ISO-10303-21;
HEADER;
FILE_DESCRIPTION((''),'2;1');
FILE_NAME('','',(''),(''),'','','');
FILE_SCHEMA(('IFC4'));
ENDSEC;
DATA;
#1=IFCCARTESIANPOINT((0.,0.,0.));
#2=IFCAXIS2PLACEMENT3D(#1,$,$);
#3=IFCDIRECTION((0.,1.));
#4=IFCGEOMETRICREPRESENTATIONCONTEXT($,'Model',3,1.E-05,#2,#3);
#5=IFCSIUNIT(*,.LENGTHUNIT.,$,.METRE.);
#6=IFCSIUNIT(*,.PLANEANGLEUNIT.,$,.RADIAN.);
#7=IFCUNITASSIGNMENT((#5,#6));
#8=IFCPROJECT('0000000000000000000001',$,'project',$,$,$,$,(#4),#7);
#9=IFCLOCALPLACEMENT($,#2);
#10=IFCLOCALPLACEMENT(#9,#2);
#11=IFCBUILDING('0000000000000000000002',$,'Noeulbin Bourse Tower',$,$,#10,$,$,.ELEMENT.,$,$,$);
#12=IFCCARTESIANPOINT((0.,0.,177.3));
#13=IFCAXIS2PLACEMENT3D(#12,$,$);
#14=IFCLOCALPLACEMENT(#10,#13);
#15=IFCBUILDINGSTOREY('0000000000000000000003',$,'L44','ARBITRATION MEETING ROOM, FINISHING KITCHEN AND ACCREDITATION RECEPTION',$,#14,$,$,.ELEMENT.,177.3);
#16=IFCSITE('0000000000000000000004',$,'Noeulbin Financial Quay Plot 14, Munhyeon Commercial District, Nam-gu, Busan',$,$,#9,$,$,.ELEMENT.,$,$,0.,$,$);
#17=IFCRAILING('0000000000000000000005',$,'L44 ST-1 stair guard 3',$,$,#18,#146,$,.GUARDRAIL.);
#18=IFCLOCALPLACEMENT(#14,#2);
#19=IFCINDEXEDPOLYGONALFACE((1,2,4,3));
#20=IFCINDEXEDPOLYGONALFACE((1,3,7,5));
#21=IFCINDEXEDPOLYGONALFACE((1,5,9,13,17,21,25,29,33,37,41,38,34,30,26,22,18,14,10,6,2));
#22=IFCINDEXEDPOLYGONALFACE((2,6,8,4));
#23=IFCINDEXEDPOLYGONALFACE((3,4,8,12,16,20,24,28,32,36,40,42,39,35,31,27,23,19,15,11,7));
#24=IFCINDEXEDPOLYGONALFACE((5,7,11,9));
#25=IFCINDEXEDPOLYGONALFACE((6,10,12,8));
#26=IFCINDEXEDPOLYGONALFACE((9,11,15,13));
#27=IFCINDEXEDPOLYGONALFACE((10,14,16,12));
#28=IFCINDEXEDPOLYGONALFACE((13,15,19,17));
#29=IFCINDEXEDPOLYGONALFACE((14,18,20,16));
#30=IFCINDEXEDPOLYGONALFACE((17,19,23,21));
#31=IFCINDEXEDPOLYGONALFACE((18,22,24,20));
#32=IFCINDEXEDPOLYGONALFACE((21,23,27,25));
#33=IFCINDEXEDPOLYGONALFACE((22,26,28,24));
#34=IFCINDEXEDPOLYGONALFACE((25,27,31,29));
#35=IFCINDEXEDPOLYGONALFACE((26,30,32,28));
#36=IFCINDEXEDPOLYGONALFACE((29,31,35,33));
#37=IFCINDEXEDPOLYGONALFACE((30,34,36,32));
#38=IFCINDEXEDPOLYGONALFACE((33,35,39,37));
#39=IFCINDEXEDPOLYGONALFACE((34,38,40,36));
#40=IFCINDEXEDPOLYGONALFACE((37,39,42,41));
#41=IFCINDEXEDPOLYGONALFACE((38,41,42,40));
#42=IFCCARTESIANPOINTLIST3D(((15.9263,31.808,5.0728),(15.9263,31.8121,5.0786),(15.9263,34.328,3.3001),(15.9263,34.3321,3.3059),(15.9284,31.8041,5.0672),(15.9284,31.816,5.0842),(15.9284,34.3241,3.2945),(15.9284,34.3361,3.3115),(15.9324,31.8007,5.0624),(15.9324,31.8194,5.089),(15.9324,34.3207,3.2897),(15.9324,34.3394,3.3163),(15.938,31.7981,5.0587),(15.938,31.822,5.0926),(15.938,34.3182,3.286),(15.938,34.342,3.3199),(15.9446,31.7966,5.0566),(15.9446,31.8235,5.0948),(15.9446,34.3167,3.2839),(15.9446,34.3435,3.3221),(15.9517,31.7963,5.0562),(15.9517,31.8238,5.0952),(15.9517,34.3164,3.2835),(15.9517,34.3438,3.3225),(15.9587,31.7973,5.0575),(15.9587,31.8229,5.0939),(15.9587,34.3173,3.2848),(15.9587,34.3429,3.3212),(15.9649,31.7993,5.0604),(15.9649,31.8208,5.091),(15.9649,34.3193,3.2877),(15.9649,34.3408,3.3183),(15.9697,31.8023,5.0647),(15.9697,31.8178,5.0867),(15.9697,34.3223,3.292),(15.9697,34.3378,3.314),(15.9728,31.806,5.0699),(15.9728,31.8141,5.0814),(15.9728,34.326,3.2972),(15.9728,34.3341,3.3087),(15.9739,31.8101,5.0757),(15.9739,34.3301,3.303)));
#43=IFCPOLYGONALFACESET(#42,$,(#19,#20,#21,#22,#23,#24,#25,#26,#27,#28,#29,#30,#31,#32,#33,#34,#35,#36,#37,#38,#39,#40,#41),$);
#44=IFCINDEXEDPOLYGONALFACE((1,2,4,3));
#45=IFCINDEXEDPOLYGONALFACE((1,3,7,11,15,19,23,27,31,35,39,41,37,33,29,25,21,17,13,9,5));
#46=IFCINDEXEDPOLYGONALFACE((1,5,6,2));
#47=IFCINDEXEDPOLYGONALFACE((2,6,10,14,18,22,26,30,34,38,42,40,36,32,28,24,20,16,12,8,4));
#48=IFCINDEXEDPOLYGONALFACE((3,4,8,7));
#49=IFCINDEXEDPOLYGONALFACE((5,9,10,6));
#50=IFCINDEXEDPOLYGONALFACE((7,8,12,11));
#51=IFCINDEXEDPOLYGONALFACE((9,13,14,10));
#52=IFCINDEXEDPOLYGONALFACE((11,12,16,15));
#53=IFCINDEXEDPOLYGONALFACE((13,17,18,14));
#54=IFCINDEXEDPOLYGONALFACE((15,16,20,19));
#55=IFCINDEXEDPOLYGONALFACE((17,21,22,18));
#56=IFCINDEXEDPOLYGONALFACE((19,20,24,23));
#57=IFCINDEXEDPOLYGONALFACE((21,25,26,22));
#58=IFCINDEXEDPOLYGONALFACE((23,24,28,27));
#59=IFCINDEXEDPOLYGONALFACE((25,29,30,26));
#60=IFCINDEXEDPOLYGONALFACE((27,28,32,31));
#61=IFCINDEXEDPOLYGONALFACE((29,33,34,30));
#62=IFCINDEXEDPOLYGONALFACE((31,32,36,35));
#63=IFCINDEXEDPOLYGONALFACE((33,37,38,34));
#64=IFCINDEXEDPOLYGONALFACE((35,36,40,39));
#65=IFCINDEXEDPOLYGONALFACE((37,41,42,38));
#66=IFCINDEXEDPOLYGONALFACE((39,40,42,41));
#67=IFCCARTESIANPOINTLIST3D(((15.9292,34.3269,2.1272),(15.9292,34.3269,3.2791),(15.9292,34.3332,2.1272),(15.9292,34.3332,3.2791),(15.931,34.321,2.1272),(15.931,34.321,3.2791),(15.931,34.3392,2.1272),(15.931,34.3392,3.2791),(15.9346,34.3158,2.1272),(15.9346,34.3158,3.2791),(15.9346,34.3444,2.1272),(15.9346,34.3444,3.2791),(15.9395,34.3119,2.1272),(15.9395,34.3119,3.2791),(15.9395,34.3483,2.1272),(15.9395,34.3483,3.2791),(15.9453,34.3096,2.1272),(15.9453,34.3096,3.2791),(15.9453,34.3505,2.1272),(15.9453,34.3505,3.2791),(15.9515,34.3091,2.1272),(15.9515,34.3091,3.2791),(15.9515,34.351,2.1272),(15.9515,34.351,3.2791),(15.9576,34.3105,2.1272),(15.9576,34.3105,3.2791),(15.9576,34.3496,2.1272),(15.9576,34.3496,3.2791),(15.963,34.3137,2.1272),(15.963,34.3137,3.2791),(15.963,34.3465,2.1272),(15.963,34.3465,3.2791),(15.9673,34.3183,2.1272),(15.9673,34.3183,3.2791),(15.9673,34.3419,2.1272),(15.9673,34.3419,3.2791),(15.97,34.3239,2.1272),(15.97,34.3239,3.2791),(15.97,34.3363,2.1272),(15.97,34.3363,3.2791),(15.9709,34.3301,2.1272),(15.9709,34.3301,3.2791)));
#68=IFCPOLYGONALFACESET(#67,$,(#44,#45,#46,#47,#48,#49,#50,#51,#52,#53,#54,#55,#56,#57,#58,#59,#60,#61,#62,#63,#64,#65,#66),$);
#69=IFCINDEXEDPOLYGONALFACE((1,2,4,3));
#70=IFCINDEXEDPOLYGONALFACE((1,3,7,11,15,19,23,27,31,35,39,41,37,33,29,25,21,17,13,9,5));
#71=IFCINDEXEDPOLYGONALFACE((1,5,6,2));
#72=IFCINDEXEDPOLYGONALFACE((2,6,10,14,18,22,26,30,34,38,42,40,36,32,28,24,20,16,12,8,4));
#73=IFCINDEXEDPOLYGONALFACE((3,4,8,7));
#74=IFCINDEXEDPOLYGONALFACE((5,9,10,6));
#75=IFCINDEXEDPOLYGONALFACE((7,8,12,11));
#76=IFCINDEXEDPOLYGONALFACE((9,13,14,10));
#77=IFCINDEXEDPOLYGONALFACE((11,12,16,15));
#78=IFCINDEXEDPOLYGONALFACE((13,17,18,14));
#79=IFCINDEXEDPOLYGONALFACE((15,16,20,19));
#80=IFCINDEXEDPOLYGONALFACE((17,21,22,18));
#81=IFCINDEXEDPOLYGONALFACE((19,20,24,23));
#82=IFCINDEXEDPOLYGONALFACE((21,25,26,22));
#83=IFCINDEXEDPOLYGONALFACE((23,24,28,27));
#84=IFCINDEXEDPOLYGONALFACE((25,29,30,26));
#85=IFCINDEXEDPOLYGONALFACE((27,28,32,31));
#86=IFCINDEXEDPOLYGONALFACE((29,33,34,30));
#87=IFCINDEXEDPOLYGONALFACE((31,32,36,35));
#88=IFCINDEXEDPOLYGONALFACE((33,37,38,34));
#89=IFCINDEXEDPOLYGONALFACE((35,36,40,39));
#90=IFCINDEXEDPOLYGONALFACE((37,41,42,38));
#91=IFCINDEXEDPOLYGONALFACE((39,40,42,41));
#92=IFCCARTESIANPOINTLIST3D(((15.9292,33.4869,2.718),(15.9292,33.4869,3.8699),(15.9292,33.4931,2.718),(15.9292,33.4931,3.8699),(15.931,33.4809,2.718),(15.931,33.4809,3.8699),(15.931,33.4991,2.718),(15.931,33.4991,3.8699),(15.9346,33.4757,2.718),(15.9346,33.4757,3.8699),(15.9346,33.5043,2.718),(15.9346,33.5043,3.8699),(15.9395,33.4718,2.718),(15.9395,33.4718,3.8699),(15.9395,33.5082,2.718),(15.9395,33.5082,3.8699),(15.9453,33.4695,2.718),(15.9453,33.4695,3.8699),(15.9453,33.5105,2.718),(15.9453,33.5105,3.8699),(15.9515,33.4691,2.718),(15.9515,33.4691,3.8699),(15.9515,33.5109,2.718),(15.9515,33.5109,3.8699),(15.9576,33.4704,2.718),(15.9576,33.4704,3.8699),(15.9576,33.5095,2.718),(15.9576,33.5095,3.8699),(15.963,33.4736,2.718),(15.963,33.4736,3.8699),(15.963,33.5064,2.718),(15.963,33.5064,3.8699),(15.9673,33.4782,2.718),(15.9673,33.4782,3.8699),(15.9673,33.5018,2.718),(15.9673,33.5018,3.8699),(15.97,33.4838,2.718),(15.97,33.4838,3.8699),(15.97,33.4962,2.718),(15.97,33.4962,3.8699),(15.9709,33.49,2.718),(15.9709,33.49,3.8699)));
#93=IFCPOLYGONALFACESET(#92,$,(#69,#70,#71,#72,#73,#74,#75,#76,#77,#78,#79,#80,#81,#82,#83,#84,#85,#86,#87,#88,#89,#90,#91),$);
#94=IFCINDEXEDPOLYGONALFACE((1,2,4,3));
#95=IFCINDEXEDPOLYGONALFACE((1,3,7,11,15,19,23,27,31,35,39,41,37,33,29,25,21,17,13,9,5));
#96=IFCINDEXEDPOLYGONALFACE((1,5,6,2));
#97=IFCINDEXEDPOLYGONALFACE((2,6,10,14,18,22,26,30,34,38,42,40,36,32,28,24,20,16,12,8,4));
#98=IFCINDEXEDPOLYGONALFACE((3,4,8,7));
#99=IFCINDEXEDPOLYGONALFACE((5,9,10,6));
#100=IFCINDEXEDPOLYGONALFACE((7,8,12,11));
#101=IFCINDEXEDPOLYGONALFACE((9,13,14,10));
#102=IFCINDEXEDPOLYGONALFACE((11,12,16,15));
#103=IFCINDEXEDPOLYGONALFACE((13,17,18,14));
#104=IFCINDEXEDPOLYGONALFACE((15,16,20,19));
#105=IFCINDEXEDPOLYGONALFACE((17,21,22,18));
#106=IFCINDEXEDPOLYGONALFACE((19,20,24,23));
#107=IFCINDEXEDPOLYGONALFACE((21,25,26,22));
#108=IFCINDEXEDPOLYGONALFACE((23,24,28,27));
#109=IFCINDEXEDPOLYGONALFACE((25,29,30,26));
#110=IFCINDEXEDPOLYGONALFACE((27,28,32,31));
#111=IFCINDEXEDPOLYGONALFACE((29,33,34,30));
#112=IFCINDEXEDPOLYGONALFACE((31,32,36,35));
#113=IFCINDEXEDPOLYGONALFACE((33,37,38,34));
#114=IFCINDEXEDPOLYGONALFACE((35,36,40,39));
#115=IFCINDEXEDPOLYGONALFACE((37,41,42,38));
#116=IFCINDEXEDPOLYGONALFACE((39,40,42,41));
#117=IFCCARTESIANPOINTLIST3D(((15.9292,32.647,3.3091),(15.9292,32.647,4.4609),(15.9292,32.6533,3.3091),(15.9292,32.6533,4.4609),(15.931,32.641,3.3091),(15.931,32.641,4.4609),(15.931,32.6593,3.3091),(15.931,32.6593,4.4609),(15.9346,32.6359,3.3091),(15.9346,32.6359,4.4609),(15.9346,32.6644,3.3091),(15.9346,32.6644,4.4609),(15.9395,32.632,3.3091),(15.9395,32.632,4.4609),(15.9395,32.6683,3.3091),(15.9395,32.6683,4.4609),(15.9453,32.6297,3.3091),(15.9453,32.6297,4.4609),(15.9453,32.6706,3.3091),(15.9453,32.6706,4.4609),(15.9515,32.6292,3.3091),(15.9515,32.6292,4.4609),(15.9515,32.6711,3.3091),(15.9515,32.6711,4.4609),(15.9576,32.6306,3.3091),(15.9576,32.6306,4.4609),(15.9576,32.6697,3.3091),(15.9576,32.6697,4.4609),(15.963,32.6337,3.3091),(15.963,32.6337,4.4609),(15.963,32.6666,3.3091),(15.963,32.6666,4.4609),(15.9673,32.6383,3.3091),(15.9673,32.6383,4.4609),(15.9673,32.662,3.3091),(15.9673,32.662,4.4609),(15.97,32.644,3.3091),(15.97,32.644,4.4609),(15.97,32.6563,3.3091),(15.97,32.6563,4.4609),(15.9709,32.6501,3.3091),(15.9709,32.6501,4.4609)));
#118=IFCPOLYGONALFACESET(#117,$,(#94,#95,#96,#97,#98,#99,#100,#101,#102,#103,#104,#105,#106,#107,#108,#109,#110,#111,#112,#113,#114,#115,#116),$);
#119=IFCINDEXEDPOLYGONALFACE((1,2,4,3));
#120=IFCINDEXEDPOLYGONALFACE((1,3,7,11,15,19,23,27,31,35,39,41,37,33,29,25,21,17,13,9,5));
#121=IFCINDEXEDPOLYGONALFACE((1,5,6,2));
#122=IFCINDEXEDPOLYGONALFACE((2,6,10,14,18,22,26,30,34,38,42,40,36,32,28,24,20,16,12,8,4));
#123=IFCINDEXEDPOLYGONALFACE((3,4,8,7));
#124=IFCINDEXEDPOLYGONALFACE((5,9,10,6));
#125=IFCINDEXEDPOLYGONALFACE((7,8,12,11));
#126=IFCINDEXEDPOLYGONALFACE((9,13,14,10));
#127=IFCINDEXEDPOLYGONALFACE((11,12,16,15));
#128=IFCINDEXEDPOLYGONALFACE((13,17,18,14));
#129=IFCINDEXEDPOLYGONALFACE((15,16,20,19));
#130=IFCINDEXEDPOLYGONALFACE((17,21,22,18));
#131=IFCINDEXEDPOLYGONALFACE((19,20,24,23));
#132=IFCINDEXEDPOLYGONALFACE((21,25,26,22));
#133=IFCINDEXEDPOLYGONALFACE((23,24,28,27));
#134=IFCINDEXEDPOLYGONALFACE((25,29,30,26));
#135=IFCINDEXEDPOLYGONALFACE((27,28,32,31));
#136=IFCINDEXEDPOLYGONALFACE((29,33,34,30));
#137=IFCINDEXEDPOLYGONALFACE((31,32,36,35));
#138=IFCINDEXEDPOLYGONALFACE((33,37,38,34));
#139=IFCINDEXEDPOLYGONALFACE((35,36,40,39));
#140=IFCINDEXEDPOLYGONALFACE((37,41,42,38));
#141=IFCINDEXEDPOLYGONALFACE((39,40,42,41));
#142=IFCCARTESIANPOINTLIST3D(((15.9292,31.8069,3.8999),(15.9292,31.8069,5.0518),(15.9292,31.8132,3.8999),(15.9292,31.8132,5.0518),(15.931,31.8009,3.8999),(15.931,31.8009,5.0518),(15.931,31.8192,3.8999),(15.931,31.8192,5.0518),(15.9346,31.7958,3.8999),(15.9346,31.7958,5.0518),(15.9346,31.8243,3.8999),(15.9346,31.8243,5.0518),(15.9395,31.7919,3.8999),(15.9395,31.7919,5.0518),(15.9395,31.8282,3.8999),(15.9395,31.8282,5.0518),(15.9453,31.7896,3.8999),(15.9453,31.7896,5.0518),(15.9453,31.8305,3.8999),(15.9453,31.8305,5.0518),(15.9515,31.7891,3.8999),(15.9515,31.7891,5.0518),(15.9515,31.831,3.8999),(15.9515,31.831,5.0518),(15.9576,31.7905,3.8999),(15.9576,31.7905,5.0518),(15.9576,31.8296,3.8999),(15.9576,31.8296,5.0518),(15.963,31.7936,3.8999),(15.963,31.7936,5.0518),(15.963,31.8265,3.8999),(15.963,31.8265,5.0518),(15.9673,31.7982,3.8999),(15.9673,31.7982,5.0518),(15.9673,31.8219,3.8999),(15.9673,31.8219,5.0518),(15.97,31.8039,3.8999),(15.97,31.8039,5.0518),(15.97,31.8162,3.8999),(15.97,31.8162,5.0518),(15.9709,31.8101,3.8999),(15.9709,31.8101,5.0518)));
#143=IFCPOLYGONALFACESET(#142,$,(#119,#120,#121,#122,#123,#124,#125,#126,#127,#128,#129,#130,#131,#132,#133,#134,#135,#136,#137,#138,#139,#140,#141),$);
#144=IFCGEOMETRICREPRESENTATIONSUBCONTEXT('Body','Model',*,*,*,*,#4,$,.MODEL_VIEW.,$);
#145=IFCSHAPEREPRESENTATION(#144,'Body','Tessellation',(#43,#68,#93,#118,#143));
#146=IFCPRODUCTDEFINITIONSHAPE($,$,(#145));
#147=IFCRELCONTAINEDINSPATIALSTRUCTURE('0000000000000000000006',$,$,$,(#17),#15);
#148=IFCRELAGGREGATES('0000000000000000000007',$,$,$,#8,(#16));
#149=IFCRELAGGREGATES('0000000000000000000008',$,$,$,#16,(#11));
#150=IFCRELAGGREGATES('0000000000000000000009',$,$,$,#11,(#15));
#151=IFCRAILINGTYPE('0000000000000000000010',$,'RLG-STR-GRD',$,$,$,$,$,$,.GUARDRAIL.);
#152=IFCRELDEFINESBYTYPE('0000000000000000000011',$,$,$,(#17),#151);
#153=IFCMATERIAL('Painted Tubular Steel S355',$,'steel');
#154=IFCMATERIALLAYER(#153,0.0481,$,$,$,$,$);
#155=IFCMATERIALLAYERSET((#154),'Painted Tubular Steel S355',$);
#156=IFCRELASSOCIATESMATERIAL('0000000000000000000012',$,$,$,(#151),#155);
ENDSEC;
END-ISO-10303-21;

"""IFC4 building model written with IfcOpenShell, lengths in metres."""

from ifc_helpers import new_model, si_unit, direction, frame, origin, origin_2d, place, context, subcontext, project, spatial, circle, extrude, material, layer, layer_set, type_object, element, save


model = new_model("IFC4")

# Units and contexts
model_context = context("Model", 3, precision=1e-05, world=origin(), true_north=direction((0.0, 1.0)))
body_context = subcontext(model_context, "Body", "Model", "MODEL_VIEW")
ifc_project = project(units=[si_unit("LENGTHUNIT", "METRE"), si_unit("PLANEANGLEUNIT", "RADIAN")], contexts=[model_context])

# Site, building, storey
site_placement = place(None, origin())
site = spatial("IfcSite", under=ifc_project, at=site_placement, Name="Noeulbin Financial Quay Plot 14, Munhyeon Commercial District, Nam-gu, Busan", CompositionType="ELEMENT", RefElevation=0.0)
building_placement = place(site_placement, origin())
building = spatial("IfcBuilding", under=site, at=building_placement, Name="Noeulbin Bourse Tower", CompositionType="ELEMENT")
storey_placement = place(building_placement, frame((0.0, 0.0, 177.3)))
storey = spatial("IfcBuildingStorey", under=building, at=storey_placement, Name="L44", Description="ARBITRATION MEETING ROOM, FINISHING KITCHEN AND ACCREDITATION RECEPTION", CompositionType="ELEMENT", Elevation=177.3)

# Railing
ifc_material_1 = material(Name="Painted Tubular Steel S355", Category="steel")
ifc_layer_1 = layer(ifc_material_1, 0.0481)
ifc_layer_set_1 = layer_set([ifc_layer_1], Name="Painted Tubular Steel S355")
railing_type_1 = type_object("IfcRailingType", Name="RLG-STR-GRD", PredefinedType="GUARDRAIL", material=ifc_layer_set_1)
railing_1_placement = place(storey_placement, frame((15.95, 34.3301, 2.1272)))
element("IfcRailing", 1, at=railing_1_placement, inside=storey, type_object=railing_type_1, Name="L44 ST-1 stair guard 3", PredefinedType="GUARDRAIL", context=body_context, shape_type="SweptSolid", body=[
    extrude(circle(Radius=0.0239, at=origin_2d()), frame((0.0, 0.0, 1.1758), z_axis=(0.0, -0.817904, 0.575354), x_axis=(1.0, 0.0, 0.0)), (0.0, 0.0, 1.0), 3.0811),
    extrude(circle(Radius=0.021, at=origin_2d()), origin(), (0.0, 0.0, 1.0), 1.1519),
    extrude(circle(Radius=0.021, at=origin_2d()), frame((0.0, -0.8401, 0.5908)), (0.0, 0.0, 1.0), 1.1519),
    extrude(circle(Radius=0.021, at=origin_2d()), frame((0.0, -1.6799, 1.1819)), (0.0, 0.0, 1.0), 1.1519),
    extrude(circle(Radius=0.021, at=origin_2d()), frame((0.0, -2.52, 1.7727)), (0.0, 0.0, 1.0), 1.1519),
])

save(model, "model.ifc")
